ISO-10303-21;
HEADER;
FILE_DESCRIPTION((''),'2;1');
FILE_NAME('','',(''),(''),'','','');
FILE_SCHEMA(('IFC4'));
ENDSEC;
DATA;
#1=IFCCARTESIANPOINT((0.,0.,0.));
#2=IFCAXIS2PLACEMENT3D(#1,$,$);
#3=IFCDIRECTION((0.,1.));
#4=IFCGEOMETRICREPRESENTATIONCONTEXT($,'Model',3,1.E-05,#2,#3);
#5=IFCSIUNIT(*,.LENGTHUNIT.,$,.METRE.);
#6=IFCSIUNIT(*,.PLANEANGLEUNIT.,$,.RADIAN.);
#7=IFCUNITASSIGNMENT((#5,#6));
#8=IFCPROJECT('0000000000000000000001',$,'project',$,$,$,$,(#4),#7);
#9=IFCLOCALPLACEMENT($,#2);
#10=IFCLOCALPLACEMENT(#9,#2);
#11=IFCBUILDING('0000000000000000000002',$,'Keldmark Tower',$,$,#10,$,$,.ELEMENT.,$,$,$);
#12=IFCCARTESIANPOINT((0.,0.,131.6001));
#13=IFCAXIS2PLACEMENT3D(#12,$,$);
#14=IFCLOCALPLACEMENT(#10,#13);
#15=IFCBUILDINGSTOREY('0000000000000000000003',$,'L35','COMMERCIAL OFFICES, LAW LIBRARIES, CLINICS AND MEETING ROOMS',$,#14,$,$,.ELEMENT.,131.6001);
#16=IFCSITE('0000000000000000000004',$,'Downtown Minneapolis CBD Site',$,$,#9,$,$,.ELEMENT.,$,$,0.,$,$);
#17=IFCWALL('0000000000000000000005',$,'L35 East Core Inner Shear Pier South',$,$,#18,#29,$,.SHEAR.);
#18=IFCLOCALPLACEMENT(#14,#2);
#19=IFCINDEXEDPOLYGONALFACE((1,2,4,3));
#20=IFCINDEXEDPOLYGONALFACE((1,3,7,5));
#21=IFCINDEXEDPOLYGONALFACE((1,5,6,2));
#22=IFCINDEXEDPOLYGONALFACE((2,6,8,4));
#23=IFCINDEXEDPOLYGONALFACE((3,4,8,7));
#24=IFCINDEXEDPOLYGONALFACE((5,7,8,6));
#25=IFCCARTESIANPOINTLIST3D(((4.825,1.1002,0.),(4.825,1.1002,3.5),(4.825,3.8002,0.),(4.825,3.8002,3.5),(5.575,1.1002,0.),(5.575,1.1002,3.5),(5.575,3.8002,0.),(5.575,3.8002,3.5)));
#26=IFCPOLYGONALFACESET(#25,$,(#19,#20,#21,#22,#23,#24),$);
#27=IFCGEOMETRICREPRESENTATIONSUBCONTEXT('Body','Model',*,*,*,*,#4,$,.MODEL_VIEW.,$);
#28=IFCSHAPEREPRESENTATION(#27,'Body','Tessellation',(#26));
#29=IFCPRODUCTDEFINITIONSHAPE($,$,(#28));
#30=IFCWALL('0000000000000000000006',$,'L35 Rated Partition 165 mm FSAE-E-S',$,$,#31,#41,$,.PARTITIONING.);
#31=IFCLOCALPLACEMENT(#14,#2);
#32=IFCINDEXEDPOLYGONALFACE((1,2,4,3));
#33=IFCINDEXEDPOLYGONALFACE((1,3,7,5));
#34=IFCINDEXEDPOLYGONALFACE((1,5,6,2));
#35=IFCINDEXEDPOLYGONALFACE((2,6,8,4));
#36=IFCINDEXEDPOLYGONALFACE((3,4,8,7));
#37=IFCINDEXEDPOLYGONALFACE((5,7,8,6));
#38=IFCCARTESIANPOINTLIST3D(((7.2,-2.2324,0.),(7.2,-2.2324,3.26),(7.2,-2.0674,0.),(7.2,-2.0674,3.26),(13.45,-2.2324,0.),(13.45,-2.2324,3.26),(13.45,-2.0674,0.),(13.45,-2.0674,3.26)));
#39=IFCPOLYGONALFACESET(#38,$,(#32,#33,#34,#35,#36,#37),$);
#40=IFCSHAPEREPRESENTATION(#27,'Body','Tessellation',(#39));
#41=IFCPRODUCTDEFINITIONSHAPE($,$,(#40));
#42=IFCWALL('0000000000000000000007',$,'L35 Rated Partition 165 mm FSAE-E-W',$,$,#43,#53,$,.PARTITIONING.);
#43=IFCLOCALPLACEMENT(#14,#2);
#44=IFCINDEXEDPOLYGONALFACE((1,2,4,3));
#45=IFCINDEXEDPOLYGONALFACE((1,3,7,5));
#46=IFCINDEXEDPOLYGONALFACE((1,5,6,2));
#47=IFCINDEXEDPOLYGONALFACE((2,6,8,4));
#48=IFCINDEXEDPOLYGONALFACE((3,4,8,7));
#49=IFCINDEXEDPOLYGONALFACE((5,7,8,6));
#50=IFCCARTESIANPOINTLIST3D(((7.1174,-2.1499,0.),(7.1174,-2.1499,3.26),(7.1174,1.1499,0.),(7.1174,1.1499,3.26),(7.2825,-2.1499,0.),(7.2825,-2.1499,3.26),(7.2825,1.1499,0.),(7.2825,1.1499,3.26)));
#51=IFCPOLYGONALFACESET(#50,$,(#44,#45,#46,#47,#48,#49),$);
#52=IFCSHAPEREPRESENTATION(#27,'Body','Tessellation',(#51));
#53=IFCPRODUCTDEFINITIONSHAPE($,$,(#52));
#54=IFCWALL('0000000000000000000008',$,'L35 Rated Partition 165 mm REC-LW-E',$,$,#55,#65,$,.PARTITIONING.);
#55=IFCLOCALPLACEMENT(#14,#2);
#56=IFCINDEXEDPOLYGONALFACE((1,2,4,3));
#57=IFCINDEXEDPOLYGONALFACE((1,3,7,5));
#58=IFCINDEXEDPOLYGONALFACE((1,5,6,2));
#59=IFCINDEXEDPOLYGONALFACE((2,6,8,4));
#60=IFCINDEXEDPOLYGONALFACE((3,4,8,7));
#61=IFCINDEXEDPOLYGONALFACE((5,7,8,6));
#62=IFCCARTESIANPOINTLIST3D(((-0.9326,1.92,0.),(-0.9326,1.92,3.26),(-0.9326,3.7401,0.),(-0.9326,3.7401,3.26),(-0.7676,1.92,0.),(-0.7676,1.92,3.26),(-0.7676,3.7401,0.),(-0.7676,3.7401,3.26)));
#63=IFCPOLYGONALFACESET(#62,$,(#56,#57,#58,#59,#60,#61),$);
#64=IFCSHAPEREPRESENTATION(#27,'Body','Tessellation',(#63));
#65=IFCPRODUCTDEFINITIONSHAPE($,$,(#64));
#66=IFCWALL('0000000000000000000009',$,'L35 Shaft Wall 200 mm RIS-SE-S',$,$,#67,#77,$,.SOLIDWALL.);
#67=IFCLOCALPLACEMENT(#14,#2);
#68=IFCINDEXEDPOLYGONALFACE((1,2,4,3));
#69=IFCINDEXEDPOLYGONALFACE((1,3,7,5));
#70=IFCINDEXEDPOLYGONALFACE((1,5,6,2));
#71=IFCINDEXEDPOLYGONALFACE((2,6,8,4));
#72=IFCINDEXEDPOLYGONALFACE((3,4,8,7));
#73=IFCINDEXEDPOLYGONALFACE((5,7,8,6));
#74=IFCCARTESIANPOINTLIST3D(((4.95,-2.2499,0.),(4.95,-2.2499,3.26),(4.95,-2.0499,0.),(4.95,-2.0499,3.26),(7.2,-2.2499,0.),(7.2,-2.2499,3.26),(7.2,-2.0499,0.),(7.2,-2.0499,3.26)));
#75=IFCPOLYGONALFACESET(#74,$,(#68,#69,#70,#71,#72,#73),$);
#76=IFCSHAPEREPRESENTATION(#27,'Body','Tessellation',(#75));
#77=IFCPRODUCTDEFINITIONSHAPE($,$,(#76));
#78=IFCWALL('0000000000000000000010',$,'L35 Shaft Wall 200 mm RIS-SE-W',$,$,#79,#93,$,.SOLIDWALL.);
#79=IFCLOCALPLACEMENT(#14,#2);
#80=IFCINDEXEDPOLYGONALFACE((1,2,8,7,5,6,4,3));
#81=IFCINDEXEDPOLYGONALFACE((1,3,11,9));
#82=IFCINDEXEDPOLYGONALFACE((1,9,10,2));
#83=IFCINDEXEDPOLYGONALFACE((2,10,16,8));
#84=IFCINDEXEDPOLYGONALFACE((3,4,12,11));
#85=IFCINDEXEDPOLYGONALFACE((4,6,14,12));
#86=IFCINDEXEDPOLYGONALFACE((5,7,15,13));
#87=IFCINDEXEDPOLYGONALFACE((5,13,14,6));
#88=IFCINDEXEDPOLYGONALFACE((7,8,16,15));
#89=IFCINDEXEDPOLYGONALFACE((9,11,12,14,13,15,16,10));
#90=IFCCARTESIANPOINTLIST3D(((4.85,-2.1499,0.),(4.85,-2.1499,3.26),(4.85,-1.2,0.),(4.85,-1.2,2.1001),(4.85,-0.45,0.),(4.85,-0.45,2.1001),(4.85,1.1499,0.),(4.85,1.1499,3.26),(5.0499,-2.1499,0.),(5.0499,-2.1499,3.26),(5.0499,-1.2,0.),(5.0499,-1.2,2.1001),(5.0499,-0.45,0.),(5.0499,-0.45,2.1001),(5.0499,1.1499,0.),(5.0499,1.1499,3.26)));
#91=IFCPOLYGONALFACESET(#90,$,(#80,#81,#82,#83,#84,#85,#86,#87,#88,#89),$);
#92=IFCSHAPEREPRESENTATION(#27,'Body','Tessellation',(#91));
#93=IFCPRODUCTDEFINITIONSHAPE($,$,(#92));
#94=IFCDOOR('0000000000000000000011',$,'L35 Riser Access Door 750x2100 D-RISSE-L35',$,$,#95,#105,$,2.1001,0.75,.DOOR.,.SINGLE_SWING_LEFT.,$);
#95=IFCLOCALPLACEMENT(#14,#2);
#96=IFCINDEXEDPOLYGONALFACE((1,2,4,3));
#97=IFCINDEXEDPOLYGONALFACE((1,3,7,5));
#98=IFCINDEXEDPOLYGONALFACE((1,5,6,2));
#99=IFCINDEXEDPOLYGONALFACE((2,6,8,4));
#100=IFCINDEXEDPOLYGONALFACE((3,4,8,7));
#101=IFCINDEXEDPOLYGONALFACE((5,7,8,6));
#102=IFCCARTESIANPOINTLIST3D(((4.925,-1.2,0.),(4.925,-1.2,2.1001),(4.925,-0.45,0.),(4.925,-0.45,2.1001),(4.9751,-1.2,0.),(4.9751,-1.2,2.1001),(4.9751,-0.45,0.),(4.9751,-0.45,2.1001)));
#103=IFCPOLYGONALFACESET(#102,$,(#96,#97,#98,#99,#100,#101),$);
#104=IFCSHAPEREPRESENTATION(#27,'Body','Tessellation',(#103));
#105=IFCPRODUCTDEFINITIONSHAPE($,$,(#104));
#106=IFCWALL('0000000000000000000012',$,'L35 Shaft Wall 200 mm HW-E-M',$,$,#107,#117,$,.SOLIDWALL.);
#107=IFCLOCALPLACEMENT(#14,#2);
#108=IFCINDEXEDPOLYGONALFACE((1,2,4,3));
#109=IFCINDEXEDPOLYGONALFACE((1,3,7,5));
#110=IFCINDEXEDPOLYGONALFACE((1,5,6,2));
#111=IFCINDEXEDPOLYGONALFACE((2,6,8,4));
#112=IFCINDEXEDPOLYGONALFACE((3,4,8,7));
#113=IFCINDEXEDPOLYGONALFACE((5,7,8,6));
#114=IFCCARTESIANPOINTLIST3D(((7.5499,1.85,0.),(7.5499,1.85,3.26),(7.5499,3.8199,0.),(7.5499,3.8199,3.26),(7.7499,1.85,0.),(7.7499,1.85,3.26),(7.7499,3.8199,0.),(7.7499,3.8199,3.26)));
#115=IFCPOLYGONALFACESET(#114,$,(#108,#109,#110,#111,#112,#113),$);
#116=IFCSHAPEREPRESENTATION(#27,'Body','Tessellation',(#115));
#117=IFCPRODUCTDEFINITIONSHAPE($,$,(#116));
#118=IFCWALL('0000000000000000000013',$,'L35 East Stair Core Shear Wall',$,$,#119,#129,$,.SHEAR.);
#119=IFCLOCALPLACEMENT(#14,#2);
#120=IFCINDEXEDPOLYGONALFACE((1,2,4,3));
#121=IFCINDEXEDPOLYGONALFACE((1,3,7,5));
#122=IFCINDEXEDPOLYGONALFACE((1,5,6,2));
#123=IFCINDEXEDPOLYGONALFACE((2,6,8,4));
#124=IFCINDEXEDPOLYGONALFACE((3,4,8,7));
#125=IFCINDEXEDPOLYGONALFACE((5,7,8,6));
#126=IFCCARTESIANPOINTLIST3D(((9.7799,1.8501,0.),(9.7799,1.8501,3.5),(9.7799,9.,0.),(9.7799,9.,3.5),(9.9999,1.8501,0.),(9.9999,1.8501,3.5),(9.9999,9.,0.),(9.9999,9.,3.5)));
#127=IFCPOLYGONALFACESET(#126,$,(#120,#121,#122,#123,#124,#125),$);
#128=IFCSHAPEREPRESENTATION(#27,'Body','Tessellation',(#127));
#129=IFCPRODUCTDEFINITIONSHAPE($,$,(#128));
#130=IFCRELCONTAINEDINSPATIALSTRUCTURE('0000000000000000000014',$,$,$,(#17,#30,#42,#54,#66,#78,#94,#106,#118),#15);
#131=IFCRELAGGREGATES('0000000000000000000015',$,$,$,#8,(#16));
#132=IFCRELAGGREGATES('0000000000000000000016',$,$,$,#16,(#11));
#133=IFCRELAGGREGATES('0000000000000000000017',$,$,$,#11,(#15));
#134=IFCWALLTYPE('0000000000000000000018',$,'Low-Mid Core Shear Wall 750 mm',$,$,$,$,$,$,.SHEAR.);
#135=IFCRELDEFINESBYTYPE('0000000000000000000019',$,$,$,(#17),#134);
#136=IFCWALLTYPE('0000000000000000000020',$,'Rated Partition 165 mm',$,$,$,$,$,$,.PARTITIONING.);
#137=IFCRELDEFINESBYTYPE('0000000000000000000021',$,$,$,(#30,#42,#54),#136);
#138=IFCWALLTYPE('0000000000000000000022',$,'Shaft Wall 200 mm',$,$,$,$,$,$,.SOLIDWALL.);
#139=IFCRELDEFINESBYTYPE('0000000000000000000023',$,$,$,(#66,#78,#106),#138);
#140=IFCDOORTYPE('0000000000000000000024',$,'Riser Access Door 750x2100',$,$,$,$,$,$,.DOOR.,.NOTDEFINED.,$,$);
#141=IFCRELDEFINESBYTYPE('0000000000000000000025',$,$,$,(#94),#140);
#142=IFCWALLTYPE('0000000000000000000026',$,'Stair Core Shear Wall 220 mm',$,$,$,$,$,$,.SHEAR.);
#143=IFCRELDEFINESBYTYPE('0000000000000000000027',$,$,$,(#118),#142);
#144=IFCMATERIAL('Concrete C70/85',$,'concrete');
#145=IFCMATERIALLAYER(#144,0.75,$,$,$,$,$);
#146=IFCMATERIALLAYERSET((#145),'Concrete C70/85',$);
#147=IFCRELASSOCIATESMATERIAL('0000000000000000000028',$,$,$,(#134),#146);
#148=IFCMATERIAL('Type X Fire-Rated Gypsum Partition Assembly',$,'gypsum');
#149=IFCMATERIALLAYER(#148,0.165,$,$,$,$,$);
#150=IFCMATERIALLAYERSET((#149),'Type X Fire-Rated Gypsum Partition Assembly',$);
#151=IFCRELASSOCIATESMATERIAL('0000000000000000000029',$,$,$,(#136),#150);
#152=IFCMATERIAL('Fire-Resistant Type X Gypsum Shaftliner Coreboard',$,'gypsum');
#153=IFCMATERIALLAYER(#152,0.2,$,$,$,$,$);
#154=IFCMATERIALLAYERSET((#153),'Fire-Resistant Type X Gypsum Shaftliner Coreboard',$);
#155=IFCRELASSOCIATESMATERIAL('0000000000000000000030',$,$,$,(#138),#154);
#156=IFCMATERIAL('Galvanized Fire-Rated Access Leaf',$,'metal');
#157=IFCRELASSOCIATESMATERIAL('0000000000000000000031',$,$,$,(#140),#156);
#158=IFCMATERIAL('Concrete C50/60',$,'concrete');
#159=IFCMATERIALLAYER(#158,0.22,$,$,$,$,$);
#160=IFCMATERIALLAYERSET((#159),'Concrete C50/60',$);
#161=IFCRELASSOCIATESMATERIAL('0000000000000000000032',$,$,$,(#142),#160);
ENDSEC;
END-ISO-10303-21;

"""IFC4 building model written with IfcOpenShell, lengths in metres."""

from ifc_helpers import new_model, si_unit, direction, frame, frame_2d, origin, place, context, subcontext, project, spatial, rectangle, extrude, material, layer, layer_set, type_object, element, fill, save


model = new_model("IFC4")

# Units and contexts
model_context = context("Model", 3, precision=1e-05, world=origin(), true_north=direction((0.0, 1.0)))
body_context = subcontext(model_context, "Body", "Model", "MODEL_VIEW")
ifc_project = project(units=[si_unit("LENGTHUNIT", "METRE"), si_unit("PLANEANGLEUNIT", "RADIAN")], contexts=[model_context])

# Site, building, storey
site_placement = place(None, origin())
site = spatial("IfcSite", under=ifc_project, at=site_placement, Name="Downtown Minneapolis CBD Site", CompositionType="ELEMENT", RefElevation=0.0)
building_placement = place(site_placement, origin())
building = spatial("IfcBuilding", under=site, at=building_placement, Name="Keldmark Tower", CompositionType="ELEMENT")
storey_placement = place(building_placement, frame((0.0, 0.0, 131.6001)))
storey = spatial("IfcBuildingStorey", under=building, at=storey_placement, Name="L35", Description="COMMERCIAL OFFICES, LAW LIBRARIES, CLINICS AND MEETING ROOMS", CompositionType="ELEMENT", Elevation=131.6001)

# Walls
ifc_material_1 = material(Name="Concrete C70/85", Category="concrete")
ifc_layer_1 = layer(ifc_material_1, 0.75)
ifc_layer_set_1 = layer_set([ifc_layer_1], Name="Concrete C70/85")
wall_type_1 = type_object("IfcWallType", Name="Low-Mid Core Shear Wall 750 mm", PredefinedType="SHEAR", material=ifc_layer_set_1)
wall_1_placement = place(storey_placement, frame((5.2, 1.1001, 0.0), z_axis=(0.0, 0.0, 1.0), x_axis=(0.0, 1.0, 0.0)))
element("IfcWall", 1, at=wall_1_placement, inside=storey, type_object=wall_type_1, Name="L35 East Core Inner Shear Pier South", PredefinedType="SHEAR", context=body_context, shape_type="SweptSolid", body=[
    extrude(rectangle(XDim=2.7, YDim=0.75, at=frame_2d((1.3501, 0.0))), origin(), (0.0, 0.0, 1.0), 3.5),
])
ifc_material_2 = material(Name="Type X Fire-Rated Gypsum Partition Assembly", Category="gypsum")
ifc_layer_2 = layer(ifc_material_2, 0.165)
ifc_layer_set_2 = layer_set([ifc_layer_2], Name="Type X Fire-Rated Gypsum Partition Assembly")
wall_type_2 = type_object("IfcWallType", Name="Rated Partition 165 mm", PredefinedType="PARTITIONING", material=ifc_layer_set_2)
wall_2_placement = place(storey_placement, frame((7.2, -2.1499, 0.0), z_axis=(0.0, 0.0, 1.0), x_axis=(1.0, 0.0, 0.0)))
element("IfcWall", 2, at=wall_2_placement, inside=storey, type_object=wall_type_2, Name="L35 Rated Partition 165 mm FSAE-E-S", PredefinedType="PARTITIONING", context=body_context, shape_type="SweptSolid", body=[
    extrude(rectangle(XDim=6.25, YDim=0.165, at=frame_2d((3.125, 0.0))), origin(), (0.0, 0.0, 1.0), 3.26),
])
wall_3_placement = place(storey_placement, frame((7.2, -2.1499, 0.0), z_axis=(0.0, 0.0, 1.0), x_axis=(0.0, 1.0, 0.0)))
element("IfcWall", 3, at=wall_3_placement, inside=storey, type_object=wall_type_2, Name="L35 Rated Partition 165 mm FSAE-E-W", PredefinedType="PARTITIONING", context=body_context, shape_type="SweptSolid", body=[
    extrude(rectangle(XDim=3.2998, YDim=0.165, at=frame_2d((1.6499, 0.0))), origin(), (0.0, 0.0, 1.0), 3.26),
])

# Walls
wall_4_placement = place(storey_placement, frame((-0.8501, 1.9199, 0.0), z_axis=(0.0, 0.0, 1.0), x_axis=(0.0, 1.0, 0.0)))
element("IfcWall", 4, at=wall_4_placement, inside=storey, type_object=wall_type_2, Name="L35 Rated Partition 165 mm REC-LW-E", PredefinedType="PARTITIONING", context=body_context, shape_type="SweptSolid", body=[
    extrude(rectangle(XDim=1.8201, YDim=0.165, at=frame_2d((0.9102, 0.0))), origin(), (0.0, 0.0, 1.0), 3.26),
])
ifc_material_3 = material(Name="Fire-Resistant Type X Gypsum Shaftliner Coreboard", Category="gypsum")
ifc_layer_3 = layer(ifc_material_3, 0.2)
ifc_layer_set_3 = layer_set([ifc_layer_3], Name="Fire-Resistant Type X Gypsum Shaftliner Coreboard")
wall_type_3 = type_object("IfcWallType", Name="Shaft Wall 200 mm", PredefinedType="SOLIDWALL", material=ifc_layer_set_3)
wall_5_placement = place(storey_placement, frame((4.95, -2.1499, 0.0), z_axis=(0.0, 0.0, 1.0), x_axis=(1.0, 0.0, 0.0)))
element("IfcWall", 5, at=wall_5_placement, inside=storey, type_object=wall_type_3, Name="L35 Shaft Wall 200 mm RIS-SE-S", PredefinedType="SOLIDWALL", context=body_context, shape_type="SweptSolid", body=[
    extrude(rectangle(XDim=2.25, YDim=0.2, at=frame_2d((1.125, 0.0))), origin(), (0.0, 0.0, 1.0), 3.26),
])

# Wall, opening, door
wall_6_placement = place(storey_placement, frame((4.95, -2.1499, 0.0), z_axis=(0.0, 0.0, 1.0), x_axis=(0.0, 1.0, 0.0)))
wall_6 = element("IfcWall", 6, at=wall_6_placement, inside=storey, type_object=wall_type_3, Name="L35 Shaft Wall 200 mm RIS-SE-W", PredefinedType="SOLIDWALL", context=body_context, shape_type="SweptSolid", body=[
    extrude(rectangle(XDim=3.2998, YDim=0.2, at=frame_2d((1.6499, 0.0))), origin(), (0.0, 0.0, 1.0), 3.26),
])
opening_1_placement = place(wall_6_placement, frame((0.95, 0.0, 0.0)))
opening_1 = element("IfcOpeningElement", 7, at=opening_1_placement, cuts=wall_6, PredefinedType="OPENING", context=body_context, shape_type="SweptSolid", body=[
    extrude(rectangle(XDim=0.75, YDim=2.1001, at=frame_2d((0.375, 1.05))), frame((0.0, 0.1099, 0.0), z_axis=(0.0, -1.0, 0.0), x_axis=(1.0, 0.0, 0.0)), (0.0, 0.0, 1.0), 0.22),
])
ifc_material_4 = material(Name="Galvanized Fire-Rated Access Leaf", Category="metal")
door_type_1 = type_object("IfcDoorType", Name="Riser Access Door 750x2100", OperationType="NOTDEFINED", PredefinedType="DOOR", material=ifc_material_4)
door_1_placement = place(opening_1_placement, origin())
door_1 = element("IfcDoor", 8, at=door_1_placement, inside=storey, type_object=door_type_1, Name="L35 Riser Access Door 750x2100 D-RISSE-L35", OperationType="SINGLE_SWING_LEFT", OverallHeight=2.1001, OverallWidth=0.75, PredefinedType="DOOR", context=body_context, shape_type="SweptSolid", body=[
    extrude(rectangle(XDim=0.75, YDim=2.1001, at=frame_2d((0.375, 1.05))), frame((0.0, 0.0249, 0.0), z_axis=(0.0, -1.0, 0.0), x_axis=(1.0, 0.0, 0.0)), (0.0, 0.0, 1.0), 0.05),
])
fill(opening_1, door_1)

# Walls
wall_7_placement = place(storey_placement, frame((7.6499, 1.8501, 0.0), z_axis=(0.0, 0.0, 1.0), x_axis=(0.0, 1.0, 0.0)))
element("IfcWall", 9, at=wall_7_placement, inside=storey, type_object=wall_type_3, Name="L35 Shaft Wall 200 mm HW-E-M", PredefinedType="SOLIDWALL", context=body_context, shape_type="SweptSolid", body=[
    extrude(rectangle(XDim=1.97, YDim=0.2, at=frame_2d((0.9849, 0.0))), origin(), (0.0, 0.0, 1.0), 3.26),
])
ifc_material_5 = material(Name="Concrete C50/60", Category="concrete")
ifc_layer_4 = layer(ifc_material_5, 0.22)
ifc_layer_set_4 = layer_set([ifc_layer_4], Name="Concrete C50/60")
wall_type_4 = type_object("IfcWallType", Name="Stair Core Shear Wall 220 mm", PredefinedType="SHEAR", material=ifc_layer_set_4)
wall_8_placement = place(storey_placement, frame((9.8899, 1.8501, 0.0), z_axis=(0.0, 0.0, 1.0), x_axis=(0.0, 1.0, 0.0)))
element("IfcWall", 10, at=wall_8_placement, inside=storey, type_object=wall_type_4, Name="L35 East Stair Core Shear Wall", PredefinedType="SHEAR", context=body_context, shape_type="SweptSolid", body=[
    extrude(rectangle(XDim=7.1499, YDim=0.22, at=frame_2d((3.575, 0.0))), origin(), (0.0, 0.0, 1.0), 3.5),
])

save(model, "model.ifc")
